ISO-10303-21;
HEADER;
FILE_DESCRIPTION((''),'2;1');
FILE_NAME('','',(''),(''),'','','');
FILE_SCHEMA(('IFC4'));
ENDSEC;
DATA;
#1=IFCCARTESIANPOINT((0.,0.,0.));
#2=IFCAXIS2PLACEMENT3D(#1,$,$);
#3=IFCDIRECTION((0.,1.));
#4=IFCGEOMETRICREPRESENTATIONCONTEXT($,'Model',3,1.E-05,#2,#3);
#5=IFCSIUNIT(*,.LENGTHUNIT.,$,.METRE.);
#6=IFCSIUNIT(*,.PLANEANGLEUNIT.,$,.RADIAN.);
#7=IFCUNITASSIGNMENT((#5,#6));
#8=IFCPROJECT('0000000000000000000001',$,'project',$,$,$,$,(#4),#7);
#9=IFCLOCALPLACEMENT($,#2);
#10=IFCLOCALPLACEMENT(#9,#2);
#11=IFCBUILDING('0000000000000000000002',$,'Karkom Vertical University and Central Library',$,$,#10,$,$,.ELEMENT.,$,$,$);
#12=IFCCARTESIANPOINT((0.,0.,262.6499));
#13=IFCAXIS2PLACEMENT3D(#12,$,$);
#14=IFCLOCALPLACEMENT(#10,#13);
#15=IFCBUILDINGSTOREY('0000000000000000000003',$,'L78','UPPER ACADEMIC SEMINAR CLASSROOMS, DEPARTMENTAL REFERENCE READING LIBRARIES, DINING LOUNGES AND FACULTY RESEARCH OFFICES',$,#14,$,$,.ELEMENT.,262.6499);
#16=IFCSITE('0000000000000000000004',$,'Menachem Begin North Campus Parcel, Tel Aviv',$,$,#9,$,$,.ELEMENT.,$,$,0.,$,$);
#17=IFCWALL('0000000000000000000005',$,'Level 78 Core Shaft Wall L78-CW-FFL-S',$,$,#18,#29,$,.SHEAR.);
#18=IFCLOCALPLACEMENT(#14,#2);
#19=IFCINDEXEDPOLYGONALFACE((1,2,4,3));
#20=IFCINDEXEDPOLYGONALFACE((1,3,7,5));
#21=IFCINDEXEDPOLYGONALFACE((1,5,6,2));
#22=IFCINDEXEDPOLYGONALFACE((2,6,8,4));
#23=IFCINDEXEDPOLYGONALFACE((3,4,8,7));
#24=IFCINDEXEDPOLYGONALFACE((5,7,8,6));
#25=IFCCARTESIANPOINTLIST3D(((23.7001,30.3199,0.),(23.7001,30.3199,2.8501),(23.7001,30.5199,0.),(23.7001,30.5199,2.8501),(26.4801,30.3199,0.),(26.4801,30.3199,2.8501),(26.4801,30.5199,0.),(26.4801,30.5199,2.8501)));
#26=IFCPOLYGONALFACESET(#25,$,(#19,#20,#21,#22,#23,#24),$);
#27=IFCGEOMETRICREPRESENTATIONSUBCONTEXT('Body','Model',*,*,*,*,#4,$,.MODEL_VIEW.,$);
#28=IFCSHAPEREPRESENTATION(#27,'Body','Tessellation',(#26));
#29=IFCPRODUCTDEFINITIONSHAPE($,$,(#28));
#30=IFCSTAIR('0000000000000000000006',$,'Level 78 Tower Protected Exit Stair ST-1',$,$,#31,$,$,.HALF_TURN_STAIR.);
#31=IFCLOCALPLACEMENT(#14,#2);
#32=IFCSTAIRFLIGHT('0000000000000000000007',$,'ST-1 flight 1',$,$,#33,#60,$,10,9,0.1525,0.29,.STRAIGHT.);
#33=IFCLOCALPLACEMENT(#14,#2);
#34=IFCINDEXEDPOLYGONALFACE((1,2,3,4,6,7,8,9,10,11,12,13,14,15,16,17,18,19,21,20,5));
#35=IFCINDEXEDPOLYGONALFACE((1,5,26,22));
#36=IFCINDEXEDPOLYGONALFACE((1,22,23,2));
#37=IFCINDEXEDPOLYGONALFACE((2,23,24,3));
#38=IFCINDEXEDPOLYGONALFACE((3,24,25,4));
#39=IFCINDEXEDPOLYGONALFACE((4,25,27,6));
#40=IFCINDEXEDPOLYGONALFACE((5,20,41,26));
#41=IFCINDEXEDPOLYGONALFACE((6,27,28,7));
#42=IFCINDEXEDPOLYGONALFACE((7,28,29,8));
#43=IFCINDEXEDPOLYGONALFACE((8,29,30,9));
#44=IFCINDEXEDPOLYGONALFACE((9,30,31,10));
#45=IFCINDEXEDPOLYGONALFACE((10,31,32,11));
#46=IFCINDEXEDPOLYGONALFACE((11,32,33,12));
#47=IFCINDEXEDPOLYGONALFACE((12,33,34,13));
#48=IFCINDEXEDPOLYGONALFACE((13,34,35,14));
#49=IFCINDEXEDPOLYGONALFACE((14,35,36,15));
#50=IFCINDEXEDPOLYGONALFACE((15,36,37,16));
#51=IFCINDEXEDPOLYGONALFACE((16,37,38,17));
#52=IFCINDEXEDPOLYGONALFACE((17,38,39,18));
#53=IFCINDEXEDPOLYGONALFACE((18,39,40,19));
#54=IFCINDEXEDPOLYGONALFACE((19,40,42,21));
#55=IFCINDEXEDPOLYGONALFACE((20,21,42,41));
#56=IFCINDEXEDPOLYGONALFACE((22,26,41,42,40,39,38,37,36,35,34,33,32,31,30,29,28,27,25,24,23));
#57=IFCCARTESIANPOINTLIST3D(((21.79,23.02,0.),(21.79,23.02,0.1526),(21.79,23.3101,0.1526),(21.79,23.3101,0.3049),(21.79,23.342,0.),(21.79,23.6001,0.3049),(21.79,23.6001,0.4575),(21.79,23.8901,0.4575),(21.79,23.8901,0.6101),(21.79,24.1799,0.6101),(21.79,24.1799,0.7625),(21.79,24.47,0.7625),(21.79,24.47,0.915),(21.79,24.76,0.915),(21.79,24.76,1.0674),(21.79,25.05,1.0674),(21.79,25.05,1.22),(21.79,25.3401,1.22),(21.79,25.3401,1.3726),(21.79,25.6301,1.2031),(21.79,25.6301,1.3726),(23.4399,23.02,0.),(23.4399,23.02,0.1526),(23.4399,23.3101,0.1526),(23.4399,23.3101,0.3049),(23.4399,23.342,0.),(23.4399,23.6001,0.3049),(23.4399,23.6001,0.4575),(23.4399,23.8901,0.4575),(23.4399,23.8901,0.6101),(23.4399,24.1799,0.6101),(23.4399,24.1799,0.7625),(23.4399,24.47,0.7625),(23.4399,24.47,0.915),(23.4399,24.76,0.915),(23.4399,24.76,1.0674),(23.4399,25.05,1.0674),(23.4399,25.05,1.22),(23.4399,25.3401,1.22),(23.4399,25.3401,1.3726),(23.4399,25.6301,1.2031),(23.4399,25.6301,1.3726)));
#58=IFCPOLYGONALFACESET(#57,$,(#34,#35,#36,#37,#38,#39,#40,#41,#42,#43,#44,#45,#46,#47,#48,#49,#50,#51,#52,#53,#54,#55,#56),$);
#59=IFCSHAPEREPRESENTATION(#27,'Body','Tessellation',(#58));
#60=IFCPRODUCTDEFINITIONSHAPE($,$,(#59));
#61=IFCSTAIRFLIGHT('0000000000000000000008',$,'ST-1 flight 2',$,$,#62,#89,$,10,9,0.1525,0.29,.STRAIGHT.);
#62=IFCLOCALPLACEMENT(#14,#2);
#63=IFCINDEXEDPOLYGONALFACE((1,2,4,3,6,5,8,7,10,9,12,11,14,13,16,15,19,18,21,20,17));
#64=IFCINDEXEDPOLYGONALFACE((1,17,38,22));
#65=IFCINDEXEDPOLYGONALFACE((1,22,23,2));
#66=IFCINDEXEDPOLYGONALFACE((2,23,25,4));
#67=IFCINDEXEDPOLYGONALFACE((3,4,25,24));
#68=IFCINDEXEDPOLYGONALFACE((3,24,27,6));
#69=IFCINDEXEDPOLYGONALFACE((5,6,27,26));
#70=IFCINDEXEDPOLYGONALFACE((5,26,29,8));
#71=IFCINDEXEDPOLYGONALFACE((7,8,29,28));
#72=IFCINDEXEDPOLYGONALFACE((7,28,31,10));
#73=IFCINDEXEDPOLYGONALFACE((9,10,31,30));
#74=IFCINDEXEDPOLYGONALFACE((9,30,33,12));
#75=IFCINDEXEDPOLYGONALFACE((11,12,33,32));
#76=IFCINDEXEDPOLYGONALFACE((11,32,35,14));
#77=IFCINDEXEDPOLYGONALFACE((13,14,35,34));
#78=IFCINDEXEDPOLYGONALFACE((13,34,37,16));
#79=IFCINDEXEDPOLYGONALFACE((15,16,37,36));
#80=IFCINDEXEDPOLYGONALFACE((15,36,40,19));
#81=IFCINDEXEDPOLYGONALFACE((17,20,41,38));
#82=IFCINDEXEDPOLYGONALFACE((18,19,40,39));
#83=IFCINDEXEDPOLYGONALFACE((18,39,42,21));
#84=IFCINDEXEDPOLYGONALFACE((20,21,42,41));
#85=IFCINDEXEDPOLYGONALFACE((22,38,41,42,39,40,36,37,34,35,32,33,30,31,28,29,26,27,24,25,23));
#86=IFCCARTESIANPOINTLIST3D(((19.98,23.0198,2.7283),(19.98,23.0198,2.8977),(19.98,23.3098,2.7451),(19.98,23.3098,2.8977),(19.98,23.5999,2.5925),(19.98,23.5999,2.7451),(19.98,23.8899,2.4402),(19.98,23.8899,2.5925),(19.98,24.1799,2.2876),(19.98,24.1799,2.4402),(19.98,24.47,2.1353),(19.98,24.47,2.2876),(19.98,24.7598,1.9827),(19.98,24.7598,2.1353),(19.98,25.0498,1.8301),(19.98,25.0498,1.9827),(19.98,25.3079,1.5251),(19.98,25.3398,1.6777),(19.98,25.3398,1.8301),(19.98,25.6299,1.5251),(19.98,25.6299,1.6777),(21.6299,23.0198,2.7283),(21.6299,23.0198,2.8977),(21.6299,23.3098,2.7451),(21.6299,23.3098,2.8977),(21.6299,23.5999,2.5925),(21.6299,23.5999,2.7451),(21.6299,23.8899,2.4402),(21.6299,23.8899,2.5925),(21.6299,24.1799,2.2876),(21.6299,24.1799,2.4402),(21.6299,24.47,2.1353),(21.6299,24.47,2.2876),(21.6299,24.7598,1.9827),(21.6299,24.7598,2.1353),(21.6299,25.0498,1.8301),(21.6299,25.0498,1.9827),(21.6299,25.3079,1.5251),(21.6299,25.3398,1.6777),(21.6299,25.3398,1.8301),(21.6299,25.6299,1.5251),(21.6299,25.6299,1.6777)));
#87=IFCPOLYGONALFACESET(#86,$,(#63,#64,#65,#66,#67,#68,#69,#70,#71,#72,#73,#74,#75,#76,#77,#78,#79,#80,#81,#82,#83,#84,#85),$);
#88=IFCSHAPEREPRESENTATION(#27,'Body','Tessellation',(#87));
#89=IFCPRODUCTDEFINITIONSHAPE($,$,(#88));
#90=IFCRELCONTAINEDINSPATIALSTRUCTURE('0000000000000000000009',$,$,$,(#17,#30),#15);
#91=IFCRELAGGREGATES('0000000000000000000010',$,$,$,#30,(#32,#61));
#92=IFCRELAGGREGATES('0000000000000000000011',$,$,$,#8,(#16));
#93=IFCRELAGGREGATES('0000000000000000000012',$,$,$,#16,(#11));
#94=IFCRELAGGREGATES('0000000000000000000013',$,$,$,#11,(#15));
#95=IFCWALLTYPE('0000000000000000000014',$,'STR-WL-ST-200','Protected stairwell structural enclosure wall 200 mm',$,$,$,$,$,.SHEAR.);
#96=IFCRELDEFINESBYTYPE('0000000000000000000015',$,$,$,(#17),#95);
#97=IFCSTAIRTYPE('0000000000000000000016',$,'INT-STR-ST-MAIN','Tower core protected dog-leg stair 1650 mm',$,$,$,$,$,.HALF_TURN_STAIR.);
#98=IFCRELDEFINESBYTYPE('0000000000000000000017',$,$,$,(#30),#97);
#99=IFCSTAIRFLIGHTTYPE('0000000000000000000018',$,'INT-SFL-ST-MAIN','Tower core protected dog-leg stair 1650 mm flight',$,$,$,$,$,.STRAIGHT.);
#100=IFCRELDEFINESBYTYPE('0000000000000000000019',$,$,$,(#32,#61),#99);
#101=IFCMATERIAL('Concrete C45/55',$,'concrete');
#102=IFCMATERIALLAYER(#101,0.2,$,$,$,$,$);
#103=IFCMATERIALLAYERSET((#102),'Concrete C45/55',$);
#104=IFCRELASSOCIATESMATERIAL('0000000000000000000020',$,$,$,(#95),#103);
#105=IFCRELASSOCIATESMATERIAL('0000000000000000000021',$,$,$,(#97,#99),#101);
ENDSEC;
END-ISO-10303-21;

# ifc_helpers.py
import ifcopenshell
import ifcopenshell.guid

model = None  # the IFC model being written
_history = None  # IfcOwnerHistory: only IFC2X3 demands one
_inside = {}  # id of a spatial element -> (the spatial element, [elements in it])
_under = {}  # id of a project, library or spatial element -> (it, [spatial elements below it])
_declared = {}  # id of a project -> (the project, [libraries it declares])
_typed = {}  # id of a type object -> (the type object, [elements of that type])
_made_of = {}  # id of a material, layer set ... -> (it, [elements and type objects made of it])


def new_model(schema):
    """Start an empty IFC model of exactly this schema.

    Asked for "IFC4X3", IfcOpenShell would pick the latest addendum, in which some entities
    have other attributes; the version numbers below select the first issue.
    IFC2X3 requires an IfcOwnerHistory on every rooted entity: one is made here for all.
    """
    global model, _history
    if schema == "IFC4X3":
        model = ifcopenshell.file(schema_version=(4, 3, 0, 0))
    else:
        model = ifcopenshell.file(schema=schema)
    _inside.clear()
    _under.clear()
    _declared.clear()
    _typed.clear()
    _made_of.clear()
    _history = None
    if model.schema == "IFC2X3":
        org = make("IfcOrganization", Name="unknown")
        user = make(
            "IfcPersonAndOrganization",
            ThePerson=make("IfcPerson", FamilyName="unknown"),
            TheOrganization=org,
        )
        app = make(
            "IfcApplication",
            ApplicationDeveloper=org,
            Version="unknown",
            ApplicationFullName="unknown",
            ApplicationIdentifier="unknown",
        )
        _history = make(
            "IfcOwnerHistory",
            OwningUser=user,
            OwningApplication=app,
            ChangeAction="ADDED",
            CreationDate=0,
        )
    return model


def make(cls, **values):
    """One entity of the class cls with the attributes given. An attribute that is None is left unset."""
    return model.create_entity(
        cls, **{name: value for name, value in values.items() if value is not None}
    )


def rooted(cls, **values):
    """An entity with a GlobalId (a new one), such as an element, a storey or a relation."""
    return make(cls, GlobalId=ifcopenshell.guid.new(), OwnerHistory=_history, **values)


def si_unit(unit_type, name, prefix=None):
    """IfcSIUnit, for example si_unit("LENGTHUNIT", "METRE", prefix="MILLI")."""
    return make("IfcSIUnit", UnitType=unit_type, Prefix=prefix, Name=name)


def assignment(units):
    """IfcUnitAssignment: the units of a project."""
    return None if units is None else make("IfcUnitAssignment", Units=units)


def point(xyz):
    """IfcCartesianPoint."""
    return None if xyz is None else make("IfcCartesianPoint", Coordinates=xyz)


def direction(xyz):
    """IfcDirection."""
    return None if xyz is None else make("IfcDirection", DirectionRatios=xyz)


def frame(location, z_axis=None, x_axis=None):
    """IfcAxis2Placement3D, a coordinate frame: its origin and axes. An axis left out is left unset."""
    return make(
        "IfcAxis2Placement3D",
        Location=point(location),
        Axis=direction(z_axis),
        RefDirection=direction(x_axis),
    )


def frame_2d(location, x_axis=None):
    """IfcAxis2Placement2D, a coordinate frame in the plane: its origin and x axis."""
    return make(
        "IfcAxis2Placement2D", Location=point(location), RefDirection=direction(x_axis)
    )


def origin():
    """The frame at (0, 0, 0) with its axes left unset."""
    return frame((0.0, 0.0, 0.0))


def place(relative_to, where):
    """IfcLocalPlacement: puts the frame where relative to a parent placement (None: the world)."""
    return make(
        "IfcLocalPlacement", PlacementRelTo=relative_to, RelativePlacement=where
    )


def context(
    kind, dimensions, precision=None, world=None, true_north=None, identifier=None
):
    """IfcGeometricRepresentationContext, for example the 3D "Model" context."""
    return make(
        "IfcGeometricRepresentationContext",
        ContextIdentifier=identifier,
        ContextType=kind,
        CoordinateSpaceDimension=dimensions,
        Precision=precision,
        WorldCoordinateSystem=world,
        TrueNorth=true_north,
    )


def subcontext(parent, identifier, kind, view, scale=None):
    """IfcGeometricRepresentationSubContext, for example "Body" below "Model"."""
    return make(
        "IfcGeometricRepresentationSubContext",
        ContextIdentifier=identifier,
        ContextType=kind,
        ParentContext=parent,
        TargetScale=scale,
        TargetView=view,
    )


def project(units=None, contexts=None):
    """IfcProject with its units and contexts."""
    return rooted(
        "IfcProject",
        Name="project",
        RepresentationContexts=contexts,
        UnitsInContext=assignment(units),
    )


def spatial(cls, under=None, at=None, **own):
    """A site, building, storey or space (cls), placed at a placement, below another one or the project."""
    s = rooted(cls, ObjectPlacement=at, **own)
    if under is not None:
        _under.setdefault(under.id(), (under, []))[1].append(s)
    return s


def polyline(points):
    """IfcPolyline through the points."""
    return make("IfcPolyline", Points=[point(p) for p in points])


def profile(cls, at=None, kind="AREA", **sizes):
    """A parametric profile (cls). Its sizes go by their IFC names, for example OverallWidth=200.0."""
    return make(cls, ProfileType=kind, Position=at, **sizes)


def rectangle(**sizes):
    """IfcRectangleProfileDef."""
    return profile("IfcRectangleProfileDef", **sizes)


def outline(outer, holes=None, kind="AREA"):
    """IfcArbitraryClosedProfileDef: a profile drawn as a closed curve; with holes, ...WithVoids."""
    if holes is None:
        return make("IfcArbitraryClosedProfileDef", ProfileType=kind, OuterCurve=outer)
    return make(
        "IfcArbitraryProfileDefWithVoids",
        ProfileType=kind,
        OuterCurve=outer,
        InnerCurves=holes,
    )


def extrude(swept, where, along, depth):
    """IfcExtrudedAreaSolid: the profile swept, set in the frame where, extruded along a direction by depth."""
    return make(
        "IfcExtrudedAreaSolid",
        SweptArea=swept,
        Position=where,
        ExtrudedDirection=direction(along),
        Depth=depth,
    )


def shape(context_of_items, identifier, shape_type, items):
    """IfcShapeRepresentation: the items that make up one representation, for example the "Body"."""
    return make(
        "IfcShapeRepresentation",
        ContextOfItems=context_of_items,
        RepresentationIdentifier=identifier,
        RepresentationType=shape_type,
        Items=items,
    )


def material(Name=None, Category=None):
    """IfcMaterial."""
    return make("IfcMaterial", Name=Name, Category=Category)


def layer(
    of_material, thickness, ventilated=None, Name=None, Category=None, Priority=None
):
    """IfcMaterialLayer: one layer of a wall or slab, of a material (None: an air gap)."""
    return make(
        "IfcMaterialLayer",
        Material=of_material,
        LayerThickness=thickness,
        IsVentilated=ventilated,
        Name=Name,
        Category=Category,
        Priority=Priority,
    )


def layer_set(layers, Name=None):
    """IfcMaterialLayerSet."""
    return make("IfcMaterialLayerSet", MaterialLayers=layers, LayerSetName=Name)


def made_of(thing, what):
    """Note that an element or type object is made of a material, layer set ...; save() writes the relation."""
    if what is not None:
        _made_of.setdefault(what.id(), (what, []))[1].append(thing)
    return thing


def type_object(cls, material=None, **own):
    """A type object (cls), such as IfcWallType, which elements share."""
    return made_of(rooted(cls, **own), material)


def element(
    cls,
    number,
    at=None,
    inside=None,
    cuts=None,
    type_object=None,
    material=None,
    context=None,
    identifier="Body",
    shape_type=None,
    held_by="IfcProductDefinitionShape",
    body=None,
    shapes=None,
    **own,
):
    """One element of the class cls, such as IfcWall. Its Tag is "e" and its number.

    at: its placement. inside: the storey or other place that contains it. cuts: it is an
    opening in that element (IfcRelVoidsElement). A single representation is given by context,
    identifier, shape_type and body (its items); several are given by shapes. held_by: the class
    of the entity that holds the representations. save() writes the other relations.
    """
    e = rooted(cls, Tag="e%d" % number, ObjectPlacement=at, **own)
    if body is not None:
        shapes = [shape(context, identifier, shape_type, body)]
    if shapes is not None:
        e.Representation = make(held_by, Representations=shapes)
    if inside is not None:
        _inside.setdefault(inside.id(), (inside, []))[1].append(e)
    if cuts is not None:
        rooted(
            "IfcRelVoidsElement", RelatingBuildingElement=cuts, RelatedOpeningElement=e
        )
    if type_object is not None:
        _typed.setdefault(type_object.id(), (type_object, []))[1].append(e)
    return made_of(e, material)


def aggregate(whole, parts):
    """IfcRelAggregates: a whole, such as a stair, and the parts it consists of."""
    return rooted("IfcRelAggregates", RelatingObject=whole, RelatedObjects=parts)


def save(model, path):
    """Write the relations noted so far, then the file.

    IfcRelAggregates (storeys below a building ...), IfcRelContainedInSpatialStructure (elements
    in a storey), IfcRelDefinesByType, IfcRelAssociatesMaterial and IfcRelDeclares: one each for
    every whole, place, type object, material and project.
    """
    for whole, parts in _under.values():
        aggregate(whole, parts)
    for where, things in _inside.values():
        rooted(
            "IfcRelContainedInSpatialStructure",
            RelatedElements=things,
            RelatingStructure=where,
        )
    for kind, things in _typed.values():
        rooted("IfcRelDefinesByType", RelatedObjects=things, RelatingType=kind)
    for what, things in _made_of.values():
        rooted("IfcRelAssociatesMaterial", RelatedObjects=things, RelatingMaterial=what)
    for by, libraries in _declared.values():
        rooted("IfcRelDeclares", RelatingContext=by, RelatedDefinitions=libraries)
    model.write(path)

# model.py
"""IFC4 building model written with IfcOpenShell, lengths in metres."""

from ifc_helpers import new_model, si_unit, direction, frame, frame_2d, origin, place, context, subcontext, project, spatial, polyline, rectangle, outline, extrude, material, layer, layer_set, type_object, element, aggregate, save


model = new_model("IFC4")

# Units and contexts
model_context = context("Model", 3, precision=1e-05, world=origin(), true_north=direction((0.0, 1.0)))
body_context = subcontext(model_context, "Body", "Model", "MODEL_VIEW")
ifc_project = project(units=[si_unit("LENGTHUNIT", "METRE"), si_unit("PLANEANGLEUNIT", "RADIAN")], contexts=[model_context])

# Site, building, storey
site_placement = place(None, origin())
site = spatial("IfcSite", under=ifc_project, at=site_placement, Name="Menachem Begin North Campus Parcel, Tel Aviv", CompositionType="ELEMENT", RefElevation=0.0)
building_placement = place(site_placement, origin())
building = spatial("IfcBuilding", under=site, at=building_placement, Name="Karkom Vertical University and Central Library", CompositionType="ELEMENT")
storey_placement = place(building_placement, frame((0.0, 0.0, 262.6499)))
storey = spatial("IfcBuildingStorey", under=building, at=storey_placement, Name="L78", Description="UPPER ACADEMIC SEMINAR CLASSROOMS, DEPARTMENTAL REFERENCE READING LIBRARIES, DINING LOUNGES AND FACULTY RESEARCH OFFICES", CompositionType="ELEMENT", Elevation=262.6499)

# Shared definitions
ifc_material_1 = material(Name="Concrete C45/55", Category="concrete")
ifc_layer_1 = layer(ifc_material_1, 0.2)
ifc_layer_set_1 = layer_set([ifc_layer_1], Name="Concrete C45/55")
wall_type_1 = type_object("IfcWallType", Name="STR-WL-ST-200", Description="Protected stairwell structural enclosure wall 200 mm", PredefinedType="SHEAR", material=ifc_layer_set_1)

# Wall
wall_1_placement = place(storey_placement, frame((23.7, 30.4199, 0.0), z_axis=(0.0, 0.0, 1.0), x_axis=(1.0, 0.0, 0.0)))
element("IfcWall", 1, at=wall_1_placement, inside=storey, type_object=wall_type_1, Name="Level 78 Core Shaft Wall L78-CW-FFL-S", PredefinedType="SHEAR", context=body_context, shape_type="SweptSolid", body=[
    extrude(rectangle(XDim=2.78, YDim=0.2, at=frame_2d((1.3901, 0.0))), origin(), (0.0, 0.0, 1.0), 2.8501),
])

# Stair, stair flights
stair_type = type_object("IfcStairType", Name="INT-STR-ST-MAIN", Description="Tower core protected dog-leg stair 1650 mm", PredefinedType="HALF_TURN_STAIR", material=ifc_material_1)
stair_placement = place(storey_placement, origin())
stair = element("IfcStair", 2, at=stair_placement, inside=storey, type_object=stair_type, Name="Level 78 Tower Protected Exit Stair ST-1", PredefinedType="HALF_TURN_STAIR")
stair_flight_type = type_object("IfcStairFlightType", Name="INT-SFL-ST-MAIN", Description="Tower core protected dog-leg stair 1650 mm flight", PredefinedType="STRAIGHT", material=ifc_material_1)
stair_flight_1_placement = place(storey_placement, frame((22.615, 23.02, 0.0), z_axis=(0.0, 0.0, 1.0), x_axis=(0.0, 1.0, 0.0)))
stair_flight_1 = element("IfcStairFlight", 3, at=stair_flight_1_placement, type_object=stair_flight_type, Name="ST-1 flight 1", NumberOfRisers=10, NumberOfTreads=9, PredefinedType="STRAIGHT", RiserHeight=0.1525, TreadLength=0.29, context=body_context, shape_type="SweptSolid", body=[
    extrude(outline(polyline([(0.0, 0.0), (0.0, 0.1526), (0.29, 0.1526), (0.29, 0.3049), (0.5801, 0.3049), (0.5801, 0.4575), (0.8701, 0.4575), (0.8701, 0.6101), (1.1599, 0.6101), (1.1599, 0.7625), (1.45, 0.7625), (1.45, 0.915), (1.74, 0.915), (1.74, 1.0674), (2.03, 1.0674), (2.03, 1.22), (2.3201, 1.22), (2.3201, 1.3726), (2.6101, 1.3726), (2.6101, 1.5249), (2.6101, 1.2031), (0.322, 0.0), (0.0, 0.0)])), frame((0.0, 0.825, 0.0), z_axis=(0.0, -1.0, 0.0), x_axis=(1.0, 0.0, 0.0)), (0.0, 0.0, 1.0), 1.6499),
])
stair_flight_2_placement = place(storey_placement, frame((20.8049, 25.6299, 1.5251), z_axis=(0.0, 0.0, 1.0), x_axis=(0.0, -1.0, 0.0)))
stair_flight_2 = element("IfcStairFlight", 4, at=stair_flight_2_placement, type_object=stair_flight_type, Name="ST-1 flight 2", NumberOfRisers=10, NumberOfTreads=9, PredefinedType="STRAIGHT", RiserHeight=0.1525, TreadLength=0.29, context=body_context, shape_type="SweptSolid", body=[
    extrude(outline(polyline([(0.0, 0.0), (0.0, 0.1526), (0.29, 0.1526), (0.29, 0.3049), (0.5801, 0.3049), (0.5801, 0.4575), (0.8701, 0.4575), (0.8701, 0.6101), (1.1599, 0.6101), (1.1599, 0.7625), (1.45, 0.7625), (1.45, 0.915), (1.74, 0.915), (1.74, 1.0674), (2.03, 1.0674), (2.03, 1.22), (2.3201, 1.22), (2.3201, 1.3726), (2.6101, 1.3726), (2.6101, 1.5249), (2.6101, 1.2031), (0.322, 0.0), (0.0, 0.0)])), frame((0.0, 0.825, 0.0), z_axis=(0.0, -1.0, 0.0), x_axis=(1.0, 0.0, 0.0)), (0.0, 0.0, 1.0), 1.6499),
])
aggregate(stair, [stair_flight_1, stair_flight_2])

save(model, "model.ifc")
